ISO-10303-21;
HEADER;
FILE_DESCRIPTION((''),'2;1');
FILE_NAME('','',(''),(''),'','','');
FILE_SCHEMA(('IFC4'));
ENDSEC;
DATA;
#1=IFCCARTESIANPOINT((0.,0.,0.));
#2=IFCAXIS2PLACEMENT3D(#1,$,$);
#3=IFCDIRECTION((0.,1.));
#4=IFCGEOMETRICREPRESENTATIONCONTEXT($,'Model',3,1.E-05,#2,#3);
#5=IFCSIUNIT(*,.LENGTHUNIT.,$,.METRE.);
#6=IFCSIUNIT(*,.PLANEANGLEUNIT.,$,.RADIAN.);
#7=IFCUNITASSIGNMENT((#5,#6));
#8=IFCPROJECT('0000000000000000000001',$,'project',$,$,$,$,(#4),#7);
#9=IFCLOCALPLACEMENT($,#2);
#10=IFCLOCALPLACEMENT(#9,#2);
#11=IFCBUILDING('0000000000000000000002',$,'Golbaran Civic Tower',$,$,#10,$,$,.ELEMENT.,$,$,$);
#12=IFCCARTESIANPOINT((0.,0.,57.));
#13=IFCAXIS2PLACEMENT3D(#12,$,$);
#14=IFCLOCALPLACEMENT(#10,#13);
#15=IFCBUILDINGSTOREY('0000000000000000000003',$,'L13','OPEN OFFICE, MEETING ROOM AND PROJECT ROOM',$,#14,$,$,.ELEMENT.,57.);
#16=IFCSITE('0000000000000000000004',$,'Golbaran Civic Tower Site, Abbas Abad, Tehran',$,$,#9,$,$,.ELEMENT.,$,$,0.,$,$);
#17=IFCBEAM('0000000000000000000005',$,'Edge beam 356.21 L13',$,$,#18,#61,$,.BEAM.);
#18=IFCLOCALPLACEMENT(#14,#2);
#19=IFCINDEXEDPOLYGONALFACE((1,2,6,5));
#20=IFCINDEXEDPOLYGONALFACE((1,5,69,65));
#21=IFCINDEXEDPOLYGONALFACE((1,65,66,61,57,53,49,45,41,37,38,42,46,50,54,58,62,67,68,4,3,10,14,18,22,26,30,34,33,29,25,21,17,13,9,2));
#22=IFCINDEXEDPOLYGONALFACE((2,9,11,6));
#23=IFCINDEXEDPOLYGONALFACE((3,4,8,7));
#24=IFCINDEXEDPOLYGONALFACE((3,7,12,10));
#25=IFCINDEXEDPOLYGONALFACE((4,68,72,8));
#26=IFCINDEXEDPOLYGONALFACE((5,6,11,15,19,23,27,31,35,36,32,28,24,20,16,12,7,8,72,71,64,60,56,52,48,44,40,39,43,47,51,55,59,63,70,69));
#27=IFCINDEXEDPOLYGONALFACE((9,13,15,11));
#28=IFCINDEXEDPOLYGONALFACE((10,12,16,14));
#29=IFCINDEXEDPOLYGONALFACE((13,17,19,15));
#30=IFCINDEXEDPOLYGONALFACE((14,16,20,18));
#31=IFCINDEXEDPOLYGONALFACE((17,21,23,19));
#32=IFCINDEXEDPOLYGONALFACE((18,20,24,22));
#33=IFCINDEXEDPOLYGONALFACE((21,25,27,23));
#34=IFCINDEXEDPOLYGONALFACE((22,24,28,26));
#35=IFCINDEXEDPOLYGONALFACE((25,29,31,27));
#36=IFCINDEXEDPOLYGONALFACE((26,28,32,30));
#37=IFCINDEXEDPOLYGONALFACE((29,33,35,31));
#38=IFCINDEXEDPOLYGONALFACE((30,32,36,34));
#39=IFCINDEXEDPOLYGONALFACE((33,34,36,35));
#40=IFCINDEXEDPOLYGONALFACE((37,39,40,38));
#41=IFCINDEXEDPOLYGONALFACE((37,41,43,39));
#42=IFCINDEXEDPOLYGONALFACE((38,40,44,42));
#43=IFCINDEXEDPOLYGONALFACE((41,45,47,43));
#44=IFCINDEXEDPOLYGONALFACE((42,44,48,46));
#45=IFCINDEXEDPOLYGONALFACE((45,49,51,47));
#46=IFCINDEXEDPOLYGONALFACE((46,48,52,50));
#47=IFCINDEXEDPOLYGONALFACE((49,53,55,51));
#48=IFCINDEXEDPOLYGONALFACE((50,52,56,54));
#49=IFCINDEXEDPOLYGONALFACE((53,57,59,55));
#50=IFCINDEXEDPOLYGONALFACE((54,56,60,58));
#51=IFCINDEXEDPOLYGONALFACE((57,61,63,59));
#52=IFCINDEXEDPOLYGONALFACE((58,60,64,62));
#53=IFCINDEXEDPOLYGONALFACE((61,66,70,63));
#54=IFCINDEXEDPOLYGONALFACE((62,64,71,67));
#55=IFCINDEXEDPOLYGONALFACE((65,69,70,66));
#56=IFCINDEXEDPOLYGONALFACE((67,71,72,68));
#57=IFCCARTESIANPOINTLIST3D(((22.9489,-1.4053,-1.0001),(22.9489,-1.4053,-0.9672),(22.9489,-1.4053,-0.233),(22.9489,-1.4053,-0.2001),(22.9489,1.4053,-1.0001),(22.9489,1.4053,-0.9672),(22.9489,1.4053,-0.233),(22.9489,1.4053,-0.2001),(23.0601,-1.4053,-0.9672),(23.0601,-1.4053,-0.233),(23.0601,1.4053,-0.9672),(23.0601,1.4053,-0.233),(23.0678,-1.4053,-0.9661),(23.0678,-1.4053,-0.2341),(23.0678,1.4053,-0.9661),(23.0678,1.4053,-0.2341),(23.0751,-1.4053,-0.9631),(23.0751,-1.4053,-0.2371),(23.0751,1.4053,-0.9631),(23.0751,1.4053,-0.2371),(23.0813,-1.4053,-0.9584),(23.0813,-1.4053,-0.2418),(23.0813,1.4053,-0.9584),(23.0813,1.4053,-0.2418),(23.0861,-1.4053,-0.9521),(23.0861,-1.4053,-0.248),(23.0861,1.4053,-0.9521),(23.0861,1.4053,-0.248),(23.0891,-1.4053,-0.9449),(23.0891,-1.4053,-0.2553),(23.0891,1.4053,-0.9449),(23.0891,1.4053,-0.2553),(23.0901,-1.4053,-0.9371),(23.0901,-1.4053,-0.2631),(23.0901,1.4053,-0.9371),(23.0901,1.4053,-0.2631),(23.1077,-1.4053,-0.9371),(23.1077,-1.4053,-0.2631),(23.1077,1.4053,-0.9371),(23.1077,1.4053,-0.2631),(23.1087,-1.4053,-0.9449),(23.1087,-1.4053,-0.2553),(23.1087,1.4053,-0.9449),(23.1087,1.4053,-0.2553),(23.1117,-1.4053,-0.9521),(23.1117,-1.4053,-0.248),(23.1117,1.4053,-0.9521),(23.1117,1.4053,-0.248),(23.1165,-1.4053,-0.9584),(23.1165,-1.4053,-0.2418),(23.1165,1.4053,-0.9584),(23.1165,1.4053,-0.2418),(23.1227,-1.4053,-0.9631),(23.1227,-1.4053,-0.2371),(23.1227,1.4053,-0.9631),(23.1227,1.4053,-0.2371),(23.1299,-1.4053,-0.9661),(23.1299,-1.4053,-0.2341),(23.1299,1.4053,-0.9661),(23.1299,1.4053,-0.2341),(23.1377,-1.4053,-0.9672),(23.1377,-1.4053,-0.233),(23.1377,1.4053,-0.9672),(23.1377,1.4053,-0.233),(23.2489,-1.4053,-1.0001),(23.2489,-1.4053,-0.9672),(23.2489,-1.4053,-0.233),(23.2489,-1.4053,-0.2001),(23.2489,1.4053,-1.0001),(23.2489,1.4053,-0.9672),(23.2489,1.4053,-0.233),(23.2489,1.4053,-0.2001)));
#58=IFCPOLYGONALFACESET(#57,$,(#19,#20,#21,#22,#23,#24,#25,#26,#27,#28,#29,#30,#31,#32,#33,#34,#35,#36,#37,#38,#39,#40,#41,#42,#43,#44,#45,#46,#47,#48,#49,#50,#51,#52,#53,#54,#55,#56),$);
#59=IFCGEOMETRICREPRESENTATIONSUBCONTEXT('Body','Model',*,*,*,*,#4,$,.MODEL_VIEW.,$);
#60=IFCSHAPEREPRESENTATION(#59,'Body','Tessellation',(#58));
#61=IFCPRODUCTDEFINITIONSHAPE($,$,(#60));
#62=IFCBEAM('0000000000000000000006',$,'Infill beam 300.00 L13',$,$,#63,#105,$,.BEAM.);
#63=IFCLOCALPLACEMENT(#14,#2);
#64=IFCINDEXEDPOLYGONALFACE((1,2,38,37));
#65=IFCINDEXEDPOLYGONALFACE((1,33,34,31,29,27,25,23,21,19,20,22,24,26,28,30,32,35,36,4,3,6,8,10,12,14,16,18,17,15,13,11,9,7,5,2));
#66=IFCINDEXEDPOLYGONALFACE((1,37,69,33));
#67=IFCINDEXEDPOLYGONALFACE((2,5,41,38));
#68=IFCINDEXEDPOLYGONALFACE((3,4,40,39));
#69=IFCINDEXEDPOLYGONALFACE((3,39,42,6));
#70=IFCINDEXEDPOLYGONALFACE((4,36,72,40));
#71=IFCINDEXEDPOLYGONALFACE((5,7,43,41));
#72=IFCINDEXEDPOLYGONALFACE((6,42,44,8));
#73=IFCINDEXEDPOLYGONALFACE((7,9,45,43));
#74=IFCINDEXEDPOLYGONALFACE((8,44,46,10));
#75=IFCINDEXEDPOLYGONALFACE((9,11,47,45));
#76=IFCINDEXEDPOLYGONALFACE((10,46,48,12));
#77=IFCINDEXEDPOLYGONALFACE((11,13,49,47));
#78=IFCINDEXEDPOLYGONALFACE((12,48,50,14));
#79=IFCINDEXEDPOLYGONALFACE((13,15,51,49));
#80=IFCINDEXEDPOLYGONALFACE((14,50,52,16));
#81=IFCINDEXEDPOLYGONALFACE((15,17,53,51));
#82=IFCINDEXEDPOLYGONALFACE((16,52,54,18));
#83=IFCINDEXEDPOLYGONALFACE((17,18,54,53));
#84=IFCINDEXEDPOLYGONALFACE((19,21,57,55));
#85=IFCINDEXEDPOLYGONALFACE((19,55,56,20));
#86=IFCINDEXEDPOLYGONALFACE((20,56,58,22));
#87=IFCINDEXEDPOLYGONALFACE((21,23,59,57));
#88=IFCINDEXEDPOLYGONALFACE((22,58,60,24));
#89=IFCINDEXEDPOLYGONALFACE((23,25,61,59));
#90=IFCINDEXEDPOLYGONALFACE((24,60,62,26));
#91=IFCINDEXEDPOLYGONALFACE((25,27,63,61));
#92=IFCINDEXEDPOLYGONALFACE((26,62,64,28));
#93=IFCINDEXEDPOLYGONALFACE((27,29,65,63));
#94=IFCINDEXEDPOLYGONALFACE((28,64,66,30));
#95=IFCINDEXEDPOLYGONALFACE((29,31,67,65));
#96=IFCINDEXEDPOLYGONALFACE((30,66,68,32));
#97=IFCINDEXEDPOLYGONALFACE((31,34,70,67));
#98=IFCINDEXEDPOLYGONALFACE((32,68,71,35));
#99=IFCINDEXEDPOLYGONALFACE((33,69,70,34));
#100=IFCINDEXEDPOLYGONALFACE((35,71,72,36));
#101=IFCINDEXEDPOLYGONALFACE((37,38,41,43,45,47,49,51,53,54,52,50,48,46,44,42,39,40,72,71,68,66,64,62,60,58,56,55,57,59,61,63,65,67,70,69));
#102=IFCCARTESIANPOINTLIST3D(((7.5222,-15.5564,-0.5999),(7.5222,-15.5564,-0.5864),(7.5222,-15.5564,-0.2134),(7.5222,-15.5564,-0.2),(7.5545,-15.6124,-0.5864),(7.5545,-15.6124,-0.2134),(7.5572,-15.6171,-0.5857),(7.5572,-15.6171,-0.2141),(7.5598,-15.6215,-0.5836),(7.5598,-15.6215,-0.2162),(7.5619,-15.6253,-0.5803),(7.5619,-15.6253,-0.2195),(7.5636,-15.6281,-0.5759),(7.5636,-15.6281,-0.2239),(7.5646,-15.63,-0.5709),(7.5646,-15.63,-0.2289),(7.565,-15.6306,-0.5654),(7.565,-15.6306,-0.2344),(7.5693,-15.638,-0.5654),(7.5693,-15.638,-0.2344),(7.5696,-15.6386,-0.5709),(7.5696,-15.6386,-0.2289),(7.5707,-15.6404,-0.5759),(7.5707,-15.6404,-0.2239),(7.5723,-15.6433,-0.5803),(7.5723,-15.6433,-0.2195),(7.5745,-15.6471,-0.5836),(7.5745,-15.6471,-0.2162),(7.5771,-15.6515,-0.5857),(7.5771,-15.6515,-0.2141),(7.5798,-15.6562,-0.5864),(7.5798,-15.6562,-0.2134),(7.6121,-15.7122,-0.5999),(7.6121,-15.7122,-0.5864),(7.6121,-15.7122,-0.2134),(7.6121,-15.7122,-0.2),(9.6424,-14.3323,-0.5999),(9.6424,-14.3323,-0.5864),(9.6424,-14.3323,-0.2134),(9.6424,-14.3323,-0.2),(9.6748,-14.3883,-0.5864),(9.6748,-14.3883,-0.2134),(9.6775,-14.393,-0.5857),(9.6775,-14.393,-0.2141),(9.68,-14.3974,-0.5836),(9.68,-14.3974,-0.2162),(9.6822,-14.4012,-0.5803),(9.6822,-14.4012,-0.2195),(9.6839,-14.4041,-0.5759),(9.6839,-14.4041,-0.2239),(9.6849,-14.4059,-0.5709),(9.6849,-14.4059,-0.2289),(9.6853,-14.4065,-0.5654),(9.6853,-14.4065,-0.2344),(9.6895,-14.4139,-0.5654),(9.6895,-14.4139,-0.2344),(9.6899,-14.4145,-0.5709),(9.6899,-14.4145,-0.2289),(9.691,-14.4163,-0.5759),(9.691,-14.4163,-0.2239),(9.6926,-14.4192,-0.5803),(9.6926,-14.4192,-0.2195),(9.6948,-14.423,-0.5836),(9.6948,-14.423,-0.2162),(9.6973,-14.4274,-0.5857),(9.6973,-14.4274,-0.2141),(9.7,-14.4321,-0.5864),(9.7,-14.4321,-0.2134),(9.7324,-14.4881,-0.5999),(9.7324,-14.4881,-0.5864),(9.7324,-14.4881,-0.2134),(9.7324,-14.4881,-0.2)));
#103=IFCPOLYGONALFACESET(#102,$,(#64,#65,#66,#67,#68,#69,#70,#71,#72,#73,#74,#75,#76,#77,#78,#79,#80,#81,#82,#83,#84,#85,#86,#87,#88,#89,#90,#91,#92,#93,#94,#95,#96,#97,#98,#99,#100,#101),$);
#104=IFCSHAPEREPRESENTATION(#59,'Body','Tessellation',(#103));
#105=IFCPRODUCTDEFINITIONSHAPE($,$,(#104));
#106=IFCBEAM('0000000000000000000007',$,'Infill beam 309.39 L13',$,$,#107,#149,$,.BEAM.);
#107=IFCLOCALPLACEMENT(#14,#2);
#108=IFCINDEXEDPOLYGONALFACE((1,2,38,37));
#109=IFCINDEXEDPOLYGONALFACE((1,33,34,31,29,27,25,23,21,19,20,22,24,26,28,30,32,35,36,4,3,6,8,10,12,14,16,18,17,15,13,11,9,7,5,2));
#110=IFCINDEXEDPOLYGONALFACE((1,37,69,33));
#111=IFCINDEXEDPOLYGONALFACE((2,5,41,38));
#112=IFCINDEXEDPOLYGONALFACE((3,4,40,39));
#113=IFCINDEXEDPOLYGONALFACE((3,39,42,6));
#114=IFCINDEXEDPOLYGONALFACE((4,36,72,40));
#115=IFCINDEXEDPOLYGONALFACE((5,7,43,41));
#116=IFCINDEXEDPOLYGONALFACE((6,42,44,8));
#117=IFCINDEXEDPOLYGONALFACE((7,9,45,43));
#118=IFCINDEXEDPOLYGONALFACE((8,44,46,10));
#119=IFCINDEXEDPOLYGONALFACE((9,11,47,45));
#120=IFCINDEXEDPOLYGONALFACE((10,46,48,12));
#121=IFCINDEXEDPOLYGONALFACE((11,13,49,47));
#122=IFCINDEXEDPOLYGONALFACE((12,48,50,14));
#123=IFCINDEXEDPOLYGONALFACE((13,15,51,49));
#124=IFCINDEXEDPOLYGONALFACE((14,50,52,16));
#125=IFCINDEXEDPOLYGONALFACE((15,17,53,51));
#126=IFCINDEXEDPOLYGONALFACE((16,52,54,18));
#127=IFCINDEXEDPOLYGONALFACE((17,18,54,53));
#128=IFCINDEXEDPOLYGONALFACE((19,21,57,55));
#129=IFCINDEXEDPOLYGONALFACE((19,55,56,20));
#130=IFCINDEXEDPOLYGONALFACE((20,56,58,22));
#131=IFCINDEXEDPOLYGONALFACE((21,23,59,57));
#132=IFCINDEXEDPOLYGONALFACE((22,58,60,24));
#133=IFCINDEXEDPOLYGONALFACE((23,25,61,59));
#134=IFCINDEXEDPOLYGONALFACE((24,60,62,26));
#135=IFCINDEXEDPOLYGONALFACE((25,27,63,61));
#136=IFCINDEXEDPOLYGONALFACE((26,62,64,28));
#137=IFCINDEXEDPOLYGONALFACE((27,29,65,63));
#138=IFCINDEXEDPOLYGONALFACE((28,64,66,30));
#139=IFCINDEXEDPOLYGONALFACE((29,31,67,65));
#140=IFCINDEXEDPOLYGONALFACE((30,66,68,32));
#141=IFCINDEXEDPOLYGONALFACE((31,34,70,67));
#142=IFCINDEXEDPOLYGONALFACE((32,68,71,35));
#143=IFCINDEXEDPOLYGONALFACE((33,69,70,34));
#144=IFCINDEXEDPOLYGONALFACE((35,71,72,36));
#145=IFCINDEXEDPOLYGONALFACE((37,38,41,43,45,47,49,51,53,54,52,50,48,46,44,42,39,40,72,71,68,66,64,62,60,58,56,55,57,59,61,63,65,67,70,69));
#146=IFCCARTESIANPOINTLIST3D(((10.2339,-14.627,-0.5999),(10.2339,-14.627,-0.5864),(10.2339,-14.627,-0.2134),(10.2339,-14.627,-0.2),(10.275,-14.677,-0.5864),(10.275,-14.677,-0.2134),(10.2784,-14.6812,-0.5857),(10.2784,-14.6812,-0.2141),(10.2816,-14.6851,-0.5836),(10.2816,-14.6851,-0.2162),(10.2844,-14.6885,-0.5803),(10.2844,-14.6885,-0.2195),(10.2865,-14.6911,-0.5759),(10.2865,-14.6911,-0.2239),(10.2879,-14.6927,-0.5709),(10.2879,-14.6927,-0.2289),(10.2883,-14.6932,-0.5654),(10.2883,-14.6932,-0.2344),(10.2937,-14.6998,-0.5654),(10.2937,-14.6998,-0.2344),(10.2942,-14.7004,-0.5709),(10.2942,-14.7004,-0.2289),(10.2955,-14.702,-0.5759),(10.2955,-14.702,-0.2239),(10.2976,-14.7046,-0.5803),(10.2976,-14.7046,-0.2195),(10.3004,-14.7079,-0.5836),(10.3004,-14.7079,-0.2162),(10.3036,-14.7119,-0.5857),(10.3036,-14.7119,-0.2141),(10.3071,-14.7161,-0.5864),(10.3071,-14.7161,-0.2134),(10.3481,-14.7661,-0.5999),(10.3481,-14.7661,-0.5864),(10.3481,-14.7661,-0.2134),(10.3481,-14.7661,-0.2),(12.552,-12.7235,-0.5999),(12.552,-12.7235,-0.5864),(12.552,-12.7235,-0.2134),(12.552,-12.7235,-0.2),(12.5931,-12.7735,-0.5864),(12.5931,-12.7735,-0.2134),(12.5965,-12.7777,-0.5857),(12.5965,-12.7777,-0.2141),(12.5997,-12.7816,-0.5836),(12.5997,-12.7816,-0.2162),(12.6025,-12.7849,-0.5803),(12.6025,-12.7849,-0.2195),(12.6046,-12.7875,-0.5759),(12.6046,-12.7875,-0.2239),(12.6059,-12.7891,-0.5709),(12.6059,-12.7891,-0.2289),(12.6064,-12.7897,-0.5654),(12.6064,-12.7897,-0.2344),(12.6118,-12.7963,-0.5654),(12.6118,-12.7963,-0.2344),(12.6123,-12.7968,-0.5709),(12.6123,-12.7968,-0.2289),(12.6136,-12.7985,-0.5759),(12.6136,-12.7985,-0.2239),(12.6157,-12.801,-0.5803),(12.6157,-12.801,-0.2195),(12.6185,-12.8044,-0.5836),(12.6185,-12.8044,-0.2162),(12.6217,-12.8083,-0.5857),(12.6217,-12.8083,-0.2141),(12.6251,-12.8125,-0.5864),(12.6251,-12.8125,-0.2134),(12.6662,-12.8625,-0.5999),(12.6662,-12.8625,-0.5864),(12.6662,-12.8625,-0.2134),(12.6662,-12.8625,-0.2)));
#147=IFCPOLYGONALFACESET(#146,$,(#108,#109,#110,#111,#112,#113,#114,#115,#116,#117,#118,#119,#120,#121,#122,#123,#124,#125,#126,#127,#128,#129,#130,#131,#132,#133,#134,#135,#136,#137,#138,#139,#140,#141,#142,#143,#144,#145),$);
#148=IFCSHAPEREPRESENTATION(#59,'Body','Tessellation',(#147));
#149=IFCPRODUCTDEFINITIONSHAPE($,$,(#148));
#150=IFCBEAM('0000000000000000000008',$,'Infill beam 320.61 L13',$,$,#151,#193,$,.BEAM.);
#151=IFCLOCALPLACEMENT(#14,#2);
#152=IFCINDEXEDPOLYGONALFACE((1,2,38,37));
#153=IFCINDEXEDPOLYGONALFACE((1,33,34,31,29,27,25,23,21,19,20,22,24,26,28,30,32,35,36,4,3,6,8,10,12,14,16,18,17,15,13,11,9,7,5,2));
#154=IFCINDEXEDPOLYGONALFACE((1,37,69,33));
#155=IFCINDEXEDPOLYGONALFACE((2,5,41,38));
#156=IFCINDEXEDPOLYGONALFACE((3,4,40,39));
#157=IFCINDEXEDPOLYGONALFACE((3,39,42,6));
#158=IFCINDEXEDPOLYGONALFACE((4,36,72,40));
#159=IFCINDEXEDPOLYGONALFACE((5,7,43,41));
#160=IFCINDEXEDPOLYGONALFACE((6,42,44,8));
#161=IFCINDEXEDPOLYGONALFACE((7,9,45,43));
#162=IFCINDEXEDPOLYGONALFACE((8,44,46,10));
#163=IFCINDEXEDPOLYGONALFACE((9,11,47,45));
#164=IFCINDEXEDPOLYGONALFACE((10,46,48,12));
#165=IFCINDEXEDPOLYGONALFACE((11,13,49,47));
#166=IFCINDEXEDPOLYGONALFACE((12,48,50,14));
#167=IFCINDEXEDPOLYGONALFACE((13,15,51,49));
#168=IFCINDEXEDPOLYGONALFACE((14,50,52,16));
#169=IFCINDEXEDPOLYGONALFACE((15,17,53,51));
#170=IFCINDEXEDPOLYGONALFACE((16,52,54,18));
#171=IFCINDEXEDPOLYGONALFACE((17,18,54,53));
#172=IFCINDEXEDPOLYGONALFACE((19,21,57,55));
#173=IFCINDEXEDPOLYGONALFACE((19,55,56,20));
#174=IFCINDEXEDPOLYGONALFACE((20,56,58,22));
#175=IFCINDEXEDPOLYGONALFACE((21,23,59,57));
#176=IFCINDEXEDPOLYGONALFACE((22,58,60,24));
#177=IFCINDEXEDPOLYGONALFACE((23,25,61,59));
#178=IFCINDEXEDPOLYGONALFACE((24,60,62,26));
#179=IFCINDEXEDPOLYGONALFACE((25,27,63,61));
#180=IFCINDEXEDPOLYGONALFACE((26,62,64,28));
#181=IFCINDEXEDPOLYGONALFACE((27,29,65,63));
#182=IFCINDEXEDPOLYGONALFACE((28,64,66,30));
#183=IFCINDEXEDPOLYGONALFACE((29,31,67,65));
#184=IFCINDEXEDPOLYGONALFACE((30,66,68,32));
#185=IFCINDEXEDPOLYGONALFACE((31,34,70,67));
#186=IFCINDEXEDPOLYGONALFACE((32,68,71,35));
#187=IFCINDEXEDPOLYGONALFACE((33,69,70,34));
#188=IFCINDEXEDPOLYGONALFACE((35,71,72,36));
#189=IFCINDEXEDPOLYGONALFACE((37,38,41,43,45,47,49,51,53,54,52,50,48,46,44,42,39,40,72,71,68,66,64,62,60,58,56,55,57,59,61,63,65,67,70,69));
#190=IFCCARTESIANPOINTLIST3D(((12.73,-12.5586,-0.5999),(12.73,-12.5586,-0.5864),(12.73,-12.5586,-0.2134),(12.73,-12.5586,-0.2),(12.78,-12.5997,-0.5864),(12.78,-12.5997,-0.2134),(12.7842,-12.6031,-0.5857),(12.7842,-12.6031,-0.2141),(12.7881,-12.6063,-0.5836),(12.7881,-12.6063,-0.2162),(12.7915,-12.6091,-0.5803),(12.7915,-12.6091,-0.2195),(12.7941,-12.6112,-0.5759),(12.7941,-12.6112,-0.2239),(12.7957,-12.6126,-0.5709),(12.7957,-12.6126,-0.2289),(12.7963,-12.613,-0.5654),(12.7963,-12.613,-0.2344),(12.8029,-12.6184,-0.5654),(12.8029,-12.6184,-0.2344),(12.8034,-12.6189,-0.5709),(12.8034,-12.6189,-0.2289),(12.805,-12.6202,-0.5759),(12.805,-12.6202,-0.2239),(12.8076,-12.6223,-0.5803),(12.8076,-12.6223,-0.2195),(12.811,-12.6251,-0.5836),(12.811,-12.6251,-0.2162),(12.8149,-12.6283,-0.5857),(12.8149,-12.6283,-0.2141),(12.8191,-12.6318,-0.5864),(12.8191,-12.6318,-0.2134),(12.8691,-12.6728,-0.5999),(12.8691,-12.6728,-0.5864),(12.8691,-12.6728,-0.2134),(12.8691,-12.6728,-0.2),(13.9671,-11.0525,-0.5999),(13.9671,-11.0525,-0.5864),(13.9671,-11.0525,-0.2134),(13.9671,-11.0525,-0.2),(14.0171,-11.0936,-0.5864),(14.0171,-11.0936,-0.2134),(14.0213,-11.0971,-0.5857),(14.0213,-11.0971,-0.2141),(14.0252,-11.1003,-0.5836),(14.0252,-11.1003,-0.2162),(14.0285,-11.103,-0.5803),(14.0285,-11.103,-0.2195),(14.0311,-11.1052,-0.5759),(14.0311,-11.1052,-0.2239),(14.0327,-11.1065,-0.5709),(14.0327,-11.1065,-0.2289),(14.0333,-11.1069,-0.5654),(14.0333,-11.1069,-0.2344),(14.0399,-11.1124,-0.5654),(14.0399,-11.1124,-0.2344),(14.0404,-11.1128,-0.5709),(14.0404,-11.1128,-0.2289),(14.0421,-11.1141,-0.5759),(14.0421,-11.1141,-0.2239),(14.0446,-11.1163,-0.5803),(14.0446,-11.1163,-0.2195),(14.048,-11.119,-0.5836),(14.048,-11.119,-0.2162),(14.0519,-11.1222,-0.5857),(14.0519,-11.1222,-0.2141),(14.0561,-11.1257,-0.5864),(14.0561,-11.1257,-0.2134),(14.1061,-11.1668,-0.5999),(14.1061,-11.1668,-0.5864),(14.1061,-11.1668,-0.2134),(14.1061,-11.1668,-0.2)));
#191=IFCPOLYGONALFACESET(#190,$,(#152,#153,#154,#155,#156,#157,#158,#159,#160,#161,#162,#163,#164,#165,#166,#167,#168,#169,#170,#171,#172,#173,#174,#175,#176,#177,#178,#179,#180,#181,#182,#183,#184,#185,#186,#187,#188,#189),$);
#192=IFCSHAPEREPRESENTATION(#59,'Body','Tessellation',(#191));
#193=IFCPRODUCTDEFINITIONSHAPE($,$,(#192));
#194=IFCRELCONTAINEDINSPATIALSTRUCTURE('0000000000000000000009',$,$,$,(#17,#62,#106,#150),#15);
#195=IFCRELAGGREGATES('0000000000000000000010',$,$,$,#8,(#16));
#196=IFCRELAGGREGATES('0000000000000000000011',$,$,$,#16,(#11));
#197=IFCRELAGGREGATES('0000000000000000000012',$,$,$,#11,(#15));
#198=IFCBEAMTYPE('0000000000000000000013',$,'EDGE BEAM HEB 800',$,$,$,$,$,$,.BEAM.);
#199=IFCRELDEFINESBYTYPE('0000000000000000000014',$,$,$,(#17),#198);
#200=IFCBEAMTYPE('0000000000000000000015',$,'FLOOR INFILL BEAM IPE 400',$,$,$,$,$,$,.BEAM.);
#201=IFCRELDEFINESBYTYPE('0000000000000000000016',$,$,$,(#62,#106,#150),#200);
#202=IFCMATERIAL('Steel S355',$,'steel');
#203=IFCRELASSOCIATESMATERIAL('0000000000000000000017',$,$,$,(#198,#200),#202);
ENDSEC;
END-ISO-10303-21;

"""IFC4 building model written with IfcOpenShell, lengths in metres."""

from ifc_helpers import new_model, si_unit, direction, frame, origin, origin_2d, place, context, subcontext, project, spatial, i_section, extrude, material, material_profile, profile_set, type_object, element, save


model = new_model("IFC4")

# Units and contexts
model_context = context("Model", 3, precision=1e-05, world=origin(), true_north=direction((0.0, 1.0)))
body_context = subcontext(model_context, "Body", "Model", "MODEL_VIEW")
ifc_project = project(units=[si_unit("LENGTHUNIT", "METRE"), si_unit("PLANEANGLEUNIT", "RADIAN")], contexts=[model_context])

# Site, building, storey
site_placement = place(None, origin())
site = spatial("IfcSite", under=ifc_project, at=site_placement, Name="Golbaran Civic Tower Site, Abbas Abad, Tehran", CompositionType="ELEMENT", RefElevation=0.0)
building_placement = place(site_placement, origin())
building = spatial("IfcBuilding", under=site, at=building_placement, Name="Golbaran Civic Tower", CompositionType="ELEMENT")
storey_placement = place(building_placement, frame((0.0, 0.0, 57.0)))
storey = spatial("IfcBuildingStorey", under=building, at=storey_placement, Name="L13", Description="OPEN OFFICE, MEETING ROOM AND PROJECT ROOM", CompositionType="ELEMENT", Elevation=57.0)

# Beams
ifc_material_1 = material(Name="Steel S355", Category="steel")
ifc_material_profile_1 = material_profile(ifc_material_1, i_section(OverallWidth=0.3, OverallDepth=0.8, WebThickness=0.0176, FlangeThickness=0.033, FilletRadius=0.03, at=origin_2d()), Name="HEB 800")
ifc_profile_set_1 = profile_set([ifc_material_profile_1], Name="Steel S355")
beam_type_1 = type_object("IfcBeamType", Name="EDGE BEAM HEB 800", PredefinedType="BEAM", material=ifc_profile_set_1)
beam_1_placement = place(storey_placement, frame((23.0989, -1.4053, -0.6001), z_axis=(0.0, 1.0, 0.0), x_axis=(-1.0, 0.0, 0.0)))
element("IfcBeam", 1, at=beam_1_placement, inside=storey, type_object=beam_type_1, Name="Edge beam 356.21 L13", PredefinedType="BEAM", context=body_context, shape_type="SweptSolid", body=[
    extrude(i_section(OverallWidth=0.3, OverallDepth=0.8, WebThickness=0.0176, FlangeThickness=0.033, FilletRadius=0.03, at=origin_2d()), origin(), (0.0, 0.0, 1.0), 2.8105),
])
ifc_material_profile_2 = material_profile(ifc_material_1, i_section(OverallWidth=0.1799, OverallDepth=0.3999, WebThickness=0.0085, FlangeThickness=0.0134, FilletRadius=0.021, at=origin_2d()), Name="IPE 400")
ifc_profile_set_2 = profile_set([ifc_material_profile_2], Name="Steel S355")
beam_type_2 = type_object("IfcBeamType", Name="FLOOR INFILL BEAM IPE 400", PredefinedType="BEAM", material=ifc_profile_set_2)
beam_2_placement = place(storey_placement, frame((7.5671, -15.6343, -0.3999), z_axis=(0.866038, 0.499979, 0.0), x_axis=(-0.499979, 0.866038, 0.0)))
element("IfcBeam", 2, at=beam_2_placement, inside=storey, type_object=beam_type_2, Name="Infill beam 300.00 L13", PredefinedType="BEAM", context=body_context, shape_type="SweptSolid", body=[
    extrude(i_section(OverallWidth=0.1799, OverallDepth=0.3999, WebThickness=0.0085, FlangeThickness=0.0134, FilletRadius=0.021, at=origin_2d()), origin(), (0.0, 0.0, 1.0), 2.4482),
])
beam_3_placement = place(storey_placement, frame((10.291, -14.6965, -0.3999), z_axis=(0.772825, 0.63462, 0.0), x_axis=(-0.63462, 0.772825, 0.0)))
element("IfcBeam", 3, at=beam_3_placement, inside=storey, type_object=beam_type_2, Name="Infill beam 309.39 L13", PredefinedType="BEAM", context=body_context, shape_type="SweptSolid", body=[
    extrude(i_section(OverallWidth=0.1799, OverallDepth=0.3999, WebThickness=0.0085, FlangeThickness=0.0134, FilletRadius=0.021, at=origin_2d()), origin(), (0.0, 0.0, 1.0), 2.9995),
])
beam_4_placement = place(storey_placement, frame((12.7996, -12.6157, -0.3999), z_axis=(0.63471, 0.77275, 0.0), x_axis=(-0.77275, 0.63471, 0.0)))
element("IfcBeam", 4, at=beam_4_placement, inside=storey, type_object=beam_type_2, Name="Infill beam 320.61 L13", PredefinedType="BEAM", context=body_context, shape_type="SweptSolid", body=[
    extrude(i_section(OverallWidth=0.1799, OverallDepth=0.3999, WebThickness=0.0085, FlangeThickness=0.0134, FilletRadius=0.021, at=origin_2d()), origin(), (0.0, 0.0, 1.0), 1.949),
])

save(model, "model.ifc")
